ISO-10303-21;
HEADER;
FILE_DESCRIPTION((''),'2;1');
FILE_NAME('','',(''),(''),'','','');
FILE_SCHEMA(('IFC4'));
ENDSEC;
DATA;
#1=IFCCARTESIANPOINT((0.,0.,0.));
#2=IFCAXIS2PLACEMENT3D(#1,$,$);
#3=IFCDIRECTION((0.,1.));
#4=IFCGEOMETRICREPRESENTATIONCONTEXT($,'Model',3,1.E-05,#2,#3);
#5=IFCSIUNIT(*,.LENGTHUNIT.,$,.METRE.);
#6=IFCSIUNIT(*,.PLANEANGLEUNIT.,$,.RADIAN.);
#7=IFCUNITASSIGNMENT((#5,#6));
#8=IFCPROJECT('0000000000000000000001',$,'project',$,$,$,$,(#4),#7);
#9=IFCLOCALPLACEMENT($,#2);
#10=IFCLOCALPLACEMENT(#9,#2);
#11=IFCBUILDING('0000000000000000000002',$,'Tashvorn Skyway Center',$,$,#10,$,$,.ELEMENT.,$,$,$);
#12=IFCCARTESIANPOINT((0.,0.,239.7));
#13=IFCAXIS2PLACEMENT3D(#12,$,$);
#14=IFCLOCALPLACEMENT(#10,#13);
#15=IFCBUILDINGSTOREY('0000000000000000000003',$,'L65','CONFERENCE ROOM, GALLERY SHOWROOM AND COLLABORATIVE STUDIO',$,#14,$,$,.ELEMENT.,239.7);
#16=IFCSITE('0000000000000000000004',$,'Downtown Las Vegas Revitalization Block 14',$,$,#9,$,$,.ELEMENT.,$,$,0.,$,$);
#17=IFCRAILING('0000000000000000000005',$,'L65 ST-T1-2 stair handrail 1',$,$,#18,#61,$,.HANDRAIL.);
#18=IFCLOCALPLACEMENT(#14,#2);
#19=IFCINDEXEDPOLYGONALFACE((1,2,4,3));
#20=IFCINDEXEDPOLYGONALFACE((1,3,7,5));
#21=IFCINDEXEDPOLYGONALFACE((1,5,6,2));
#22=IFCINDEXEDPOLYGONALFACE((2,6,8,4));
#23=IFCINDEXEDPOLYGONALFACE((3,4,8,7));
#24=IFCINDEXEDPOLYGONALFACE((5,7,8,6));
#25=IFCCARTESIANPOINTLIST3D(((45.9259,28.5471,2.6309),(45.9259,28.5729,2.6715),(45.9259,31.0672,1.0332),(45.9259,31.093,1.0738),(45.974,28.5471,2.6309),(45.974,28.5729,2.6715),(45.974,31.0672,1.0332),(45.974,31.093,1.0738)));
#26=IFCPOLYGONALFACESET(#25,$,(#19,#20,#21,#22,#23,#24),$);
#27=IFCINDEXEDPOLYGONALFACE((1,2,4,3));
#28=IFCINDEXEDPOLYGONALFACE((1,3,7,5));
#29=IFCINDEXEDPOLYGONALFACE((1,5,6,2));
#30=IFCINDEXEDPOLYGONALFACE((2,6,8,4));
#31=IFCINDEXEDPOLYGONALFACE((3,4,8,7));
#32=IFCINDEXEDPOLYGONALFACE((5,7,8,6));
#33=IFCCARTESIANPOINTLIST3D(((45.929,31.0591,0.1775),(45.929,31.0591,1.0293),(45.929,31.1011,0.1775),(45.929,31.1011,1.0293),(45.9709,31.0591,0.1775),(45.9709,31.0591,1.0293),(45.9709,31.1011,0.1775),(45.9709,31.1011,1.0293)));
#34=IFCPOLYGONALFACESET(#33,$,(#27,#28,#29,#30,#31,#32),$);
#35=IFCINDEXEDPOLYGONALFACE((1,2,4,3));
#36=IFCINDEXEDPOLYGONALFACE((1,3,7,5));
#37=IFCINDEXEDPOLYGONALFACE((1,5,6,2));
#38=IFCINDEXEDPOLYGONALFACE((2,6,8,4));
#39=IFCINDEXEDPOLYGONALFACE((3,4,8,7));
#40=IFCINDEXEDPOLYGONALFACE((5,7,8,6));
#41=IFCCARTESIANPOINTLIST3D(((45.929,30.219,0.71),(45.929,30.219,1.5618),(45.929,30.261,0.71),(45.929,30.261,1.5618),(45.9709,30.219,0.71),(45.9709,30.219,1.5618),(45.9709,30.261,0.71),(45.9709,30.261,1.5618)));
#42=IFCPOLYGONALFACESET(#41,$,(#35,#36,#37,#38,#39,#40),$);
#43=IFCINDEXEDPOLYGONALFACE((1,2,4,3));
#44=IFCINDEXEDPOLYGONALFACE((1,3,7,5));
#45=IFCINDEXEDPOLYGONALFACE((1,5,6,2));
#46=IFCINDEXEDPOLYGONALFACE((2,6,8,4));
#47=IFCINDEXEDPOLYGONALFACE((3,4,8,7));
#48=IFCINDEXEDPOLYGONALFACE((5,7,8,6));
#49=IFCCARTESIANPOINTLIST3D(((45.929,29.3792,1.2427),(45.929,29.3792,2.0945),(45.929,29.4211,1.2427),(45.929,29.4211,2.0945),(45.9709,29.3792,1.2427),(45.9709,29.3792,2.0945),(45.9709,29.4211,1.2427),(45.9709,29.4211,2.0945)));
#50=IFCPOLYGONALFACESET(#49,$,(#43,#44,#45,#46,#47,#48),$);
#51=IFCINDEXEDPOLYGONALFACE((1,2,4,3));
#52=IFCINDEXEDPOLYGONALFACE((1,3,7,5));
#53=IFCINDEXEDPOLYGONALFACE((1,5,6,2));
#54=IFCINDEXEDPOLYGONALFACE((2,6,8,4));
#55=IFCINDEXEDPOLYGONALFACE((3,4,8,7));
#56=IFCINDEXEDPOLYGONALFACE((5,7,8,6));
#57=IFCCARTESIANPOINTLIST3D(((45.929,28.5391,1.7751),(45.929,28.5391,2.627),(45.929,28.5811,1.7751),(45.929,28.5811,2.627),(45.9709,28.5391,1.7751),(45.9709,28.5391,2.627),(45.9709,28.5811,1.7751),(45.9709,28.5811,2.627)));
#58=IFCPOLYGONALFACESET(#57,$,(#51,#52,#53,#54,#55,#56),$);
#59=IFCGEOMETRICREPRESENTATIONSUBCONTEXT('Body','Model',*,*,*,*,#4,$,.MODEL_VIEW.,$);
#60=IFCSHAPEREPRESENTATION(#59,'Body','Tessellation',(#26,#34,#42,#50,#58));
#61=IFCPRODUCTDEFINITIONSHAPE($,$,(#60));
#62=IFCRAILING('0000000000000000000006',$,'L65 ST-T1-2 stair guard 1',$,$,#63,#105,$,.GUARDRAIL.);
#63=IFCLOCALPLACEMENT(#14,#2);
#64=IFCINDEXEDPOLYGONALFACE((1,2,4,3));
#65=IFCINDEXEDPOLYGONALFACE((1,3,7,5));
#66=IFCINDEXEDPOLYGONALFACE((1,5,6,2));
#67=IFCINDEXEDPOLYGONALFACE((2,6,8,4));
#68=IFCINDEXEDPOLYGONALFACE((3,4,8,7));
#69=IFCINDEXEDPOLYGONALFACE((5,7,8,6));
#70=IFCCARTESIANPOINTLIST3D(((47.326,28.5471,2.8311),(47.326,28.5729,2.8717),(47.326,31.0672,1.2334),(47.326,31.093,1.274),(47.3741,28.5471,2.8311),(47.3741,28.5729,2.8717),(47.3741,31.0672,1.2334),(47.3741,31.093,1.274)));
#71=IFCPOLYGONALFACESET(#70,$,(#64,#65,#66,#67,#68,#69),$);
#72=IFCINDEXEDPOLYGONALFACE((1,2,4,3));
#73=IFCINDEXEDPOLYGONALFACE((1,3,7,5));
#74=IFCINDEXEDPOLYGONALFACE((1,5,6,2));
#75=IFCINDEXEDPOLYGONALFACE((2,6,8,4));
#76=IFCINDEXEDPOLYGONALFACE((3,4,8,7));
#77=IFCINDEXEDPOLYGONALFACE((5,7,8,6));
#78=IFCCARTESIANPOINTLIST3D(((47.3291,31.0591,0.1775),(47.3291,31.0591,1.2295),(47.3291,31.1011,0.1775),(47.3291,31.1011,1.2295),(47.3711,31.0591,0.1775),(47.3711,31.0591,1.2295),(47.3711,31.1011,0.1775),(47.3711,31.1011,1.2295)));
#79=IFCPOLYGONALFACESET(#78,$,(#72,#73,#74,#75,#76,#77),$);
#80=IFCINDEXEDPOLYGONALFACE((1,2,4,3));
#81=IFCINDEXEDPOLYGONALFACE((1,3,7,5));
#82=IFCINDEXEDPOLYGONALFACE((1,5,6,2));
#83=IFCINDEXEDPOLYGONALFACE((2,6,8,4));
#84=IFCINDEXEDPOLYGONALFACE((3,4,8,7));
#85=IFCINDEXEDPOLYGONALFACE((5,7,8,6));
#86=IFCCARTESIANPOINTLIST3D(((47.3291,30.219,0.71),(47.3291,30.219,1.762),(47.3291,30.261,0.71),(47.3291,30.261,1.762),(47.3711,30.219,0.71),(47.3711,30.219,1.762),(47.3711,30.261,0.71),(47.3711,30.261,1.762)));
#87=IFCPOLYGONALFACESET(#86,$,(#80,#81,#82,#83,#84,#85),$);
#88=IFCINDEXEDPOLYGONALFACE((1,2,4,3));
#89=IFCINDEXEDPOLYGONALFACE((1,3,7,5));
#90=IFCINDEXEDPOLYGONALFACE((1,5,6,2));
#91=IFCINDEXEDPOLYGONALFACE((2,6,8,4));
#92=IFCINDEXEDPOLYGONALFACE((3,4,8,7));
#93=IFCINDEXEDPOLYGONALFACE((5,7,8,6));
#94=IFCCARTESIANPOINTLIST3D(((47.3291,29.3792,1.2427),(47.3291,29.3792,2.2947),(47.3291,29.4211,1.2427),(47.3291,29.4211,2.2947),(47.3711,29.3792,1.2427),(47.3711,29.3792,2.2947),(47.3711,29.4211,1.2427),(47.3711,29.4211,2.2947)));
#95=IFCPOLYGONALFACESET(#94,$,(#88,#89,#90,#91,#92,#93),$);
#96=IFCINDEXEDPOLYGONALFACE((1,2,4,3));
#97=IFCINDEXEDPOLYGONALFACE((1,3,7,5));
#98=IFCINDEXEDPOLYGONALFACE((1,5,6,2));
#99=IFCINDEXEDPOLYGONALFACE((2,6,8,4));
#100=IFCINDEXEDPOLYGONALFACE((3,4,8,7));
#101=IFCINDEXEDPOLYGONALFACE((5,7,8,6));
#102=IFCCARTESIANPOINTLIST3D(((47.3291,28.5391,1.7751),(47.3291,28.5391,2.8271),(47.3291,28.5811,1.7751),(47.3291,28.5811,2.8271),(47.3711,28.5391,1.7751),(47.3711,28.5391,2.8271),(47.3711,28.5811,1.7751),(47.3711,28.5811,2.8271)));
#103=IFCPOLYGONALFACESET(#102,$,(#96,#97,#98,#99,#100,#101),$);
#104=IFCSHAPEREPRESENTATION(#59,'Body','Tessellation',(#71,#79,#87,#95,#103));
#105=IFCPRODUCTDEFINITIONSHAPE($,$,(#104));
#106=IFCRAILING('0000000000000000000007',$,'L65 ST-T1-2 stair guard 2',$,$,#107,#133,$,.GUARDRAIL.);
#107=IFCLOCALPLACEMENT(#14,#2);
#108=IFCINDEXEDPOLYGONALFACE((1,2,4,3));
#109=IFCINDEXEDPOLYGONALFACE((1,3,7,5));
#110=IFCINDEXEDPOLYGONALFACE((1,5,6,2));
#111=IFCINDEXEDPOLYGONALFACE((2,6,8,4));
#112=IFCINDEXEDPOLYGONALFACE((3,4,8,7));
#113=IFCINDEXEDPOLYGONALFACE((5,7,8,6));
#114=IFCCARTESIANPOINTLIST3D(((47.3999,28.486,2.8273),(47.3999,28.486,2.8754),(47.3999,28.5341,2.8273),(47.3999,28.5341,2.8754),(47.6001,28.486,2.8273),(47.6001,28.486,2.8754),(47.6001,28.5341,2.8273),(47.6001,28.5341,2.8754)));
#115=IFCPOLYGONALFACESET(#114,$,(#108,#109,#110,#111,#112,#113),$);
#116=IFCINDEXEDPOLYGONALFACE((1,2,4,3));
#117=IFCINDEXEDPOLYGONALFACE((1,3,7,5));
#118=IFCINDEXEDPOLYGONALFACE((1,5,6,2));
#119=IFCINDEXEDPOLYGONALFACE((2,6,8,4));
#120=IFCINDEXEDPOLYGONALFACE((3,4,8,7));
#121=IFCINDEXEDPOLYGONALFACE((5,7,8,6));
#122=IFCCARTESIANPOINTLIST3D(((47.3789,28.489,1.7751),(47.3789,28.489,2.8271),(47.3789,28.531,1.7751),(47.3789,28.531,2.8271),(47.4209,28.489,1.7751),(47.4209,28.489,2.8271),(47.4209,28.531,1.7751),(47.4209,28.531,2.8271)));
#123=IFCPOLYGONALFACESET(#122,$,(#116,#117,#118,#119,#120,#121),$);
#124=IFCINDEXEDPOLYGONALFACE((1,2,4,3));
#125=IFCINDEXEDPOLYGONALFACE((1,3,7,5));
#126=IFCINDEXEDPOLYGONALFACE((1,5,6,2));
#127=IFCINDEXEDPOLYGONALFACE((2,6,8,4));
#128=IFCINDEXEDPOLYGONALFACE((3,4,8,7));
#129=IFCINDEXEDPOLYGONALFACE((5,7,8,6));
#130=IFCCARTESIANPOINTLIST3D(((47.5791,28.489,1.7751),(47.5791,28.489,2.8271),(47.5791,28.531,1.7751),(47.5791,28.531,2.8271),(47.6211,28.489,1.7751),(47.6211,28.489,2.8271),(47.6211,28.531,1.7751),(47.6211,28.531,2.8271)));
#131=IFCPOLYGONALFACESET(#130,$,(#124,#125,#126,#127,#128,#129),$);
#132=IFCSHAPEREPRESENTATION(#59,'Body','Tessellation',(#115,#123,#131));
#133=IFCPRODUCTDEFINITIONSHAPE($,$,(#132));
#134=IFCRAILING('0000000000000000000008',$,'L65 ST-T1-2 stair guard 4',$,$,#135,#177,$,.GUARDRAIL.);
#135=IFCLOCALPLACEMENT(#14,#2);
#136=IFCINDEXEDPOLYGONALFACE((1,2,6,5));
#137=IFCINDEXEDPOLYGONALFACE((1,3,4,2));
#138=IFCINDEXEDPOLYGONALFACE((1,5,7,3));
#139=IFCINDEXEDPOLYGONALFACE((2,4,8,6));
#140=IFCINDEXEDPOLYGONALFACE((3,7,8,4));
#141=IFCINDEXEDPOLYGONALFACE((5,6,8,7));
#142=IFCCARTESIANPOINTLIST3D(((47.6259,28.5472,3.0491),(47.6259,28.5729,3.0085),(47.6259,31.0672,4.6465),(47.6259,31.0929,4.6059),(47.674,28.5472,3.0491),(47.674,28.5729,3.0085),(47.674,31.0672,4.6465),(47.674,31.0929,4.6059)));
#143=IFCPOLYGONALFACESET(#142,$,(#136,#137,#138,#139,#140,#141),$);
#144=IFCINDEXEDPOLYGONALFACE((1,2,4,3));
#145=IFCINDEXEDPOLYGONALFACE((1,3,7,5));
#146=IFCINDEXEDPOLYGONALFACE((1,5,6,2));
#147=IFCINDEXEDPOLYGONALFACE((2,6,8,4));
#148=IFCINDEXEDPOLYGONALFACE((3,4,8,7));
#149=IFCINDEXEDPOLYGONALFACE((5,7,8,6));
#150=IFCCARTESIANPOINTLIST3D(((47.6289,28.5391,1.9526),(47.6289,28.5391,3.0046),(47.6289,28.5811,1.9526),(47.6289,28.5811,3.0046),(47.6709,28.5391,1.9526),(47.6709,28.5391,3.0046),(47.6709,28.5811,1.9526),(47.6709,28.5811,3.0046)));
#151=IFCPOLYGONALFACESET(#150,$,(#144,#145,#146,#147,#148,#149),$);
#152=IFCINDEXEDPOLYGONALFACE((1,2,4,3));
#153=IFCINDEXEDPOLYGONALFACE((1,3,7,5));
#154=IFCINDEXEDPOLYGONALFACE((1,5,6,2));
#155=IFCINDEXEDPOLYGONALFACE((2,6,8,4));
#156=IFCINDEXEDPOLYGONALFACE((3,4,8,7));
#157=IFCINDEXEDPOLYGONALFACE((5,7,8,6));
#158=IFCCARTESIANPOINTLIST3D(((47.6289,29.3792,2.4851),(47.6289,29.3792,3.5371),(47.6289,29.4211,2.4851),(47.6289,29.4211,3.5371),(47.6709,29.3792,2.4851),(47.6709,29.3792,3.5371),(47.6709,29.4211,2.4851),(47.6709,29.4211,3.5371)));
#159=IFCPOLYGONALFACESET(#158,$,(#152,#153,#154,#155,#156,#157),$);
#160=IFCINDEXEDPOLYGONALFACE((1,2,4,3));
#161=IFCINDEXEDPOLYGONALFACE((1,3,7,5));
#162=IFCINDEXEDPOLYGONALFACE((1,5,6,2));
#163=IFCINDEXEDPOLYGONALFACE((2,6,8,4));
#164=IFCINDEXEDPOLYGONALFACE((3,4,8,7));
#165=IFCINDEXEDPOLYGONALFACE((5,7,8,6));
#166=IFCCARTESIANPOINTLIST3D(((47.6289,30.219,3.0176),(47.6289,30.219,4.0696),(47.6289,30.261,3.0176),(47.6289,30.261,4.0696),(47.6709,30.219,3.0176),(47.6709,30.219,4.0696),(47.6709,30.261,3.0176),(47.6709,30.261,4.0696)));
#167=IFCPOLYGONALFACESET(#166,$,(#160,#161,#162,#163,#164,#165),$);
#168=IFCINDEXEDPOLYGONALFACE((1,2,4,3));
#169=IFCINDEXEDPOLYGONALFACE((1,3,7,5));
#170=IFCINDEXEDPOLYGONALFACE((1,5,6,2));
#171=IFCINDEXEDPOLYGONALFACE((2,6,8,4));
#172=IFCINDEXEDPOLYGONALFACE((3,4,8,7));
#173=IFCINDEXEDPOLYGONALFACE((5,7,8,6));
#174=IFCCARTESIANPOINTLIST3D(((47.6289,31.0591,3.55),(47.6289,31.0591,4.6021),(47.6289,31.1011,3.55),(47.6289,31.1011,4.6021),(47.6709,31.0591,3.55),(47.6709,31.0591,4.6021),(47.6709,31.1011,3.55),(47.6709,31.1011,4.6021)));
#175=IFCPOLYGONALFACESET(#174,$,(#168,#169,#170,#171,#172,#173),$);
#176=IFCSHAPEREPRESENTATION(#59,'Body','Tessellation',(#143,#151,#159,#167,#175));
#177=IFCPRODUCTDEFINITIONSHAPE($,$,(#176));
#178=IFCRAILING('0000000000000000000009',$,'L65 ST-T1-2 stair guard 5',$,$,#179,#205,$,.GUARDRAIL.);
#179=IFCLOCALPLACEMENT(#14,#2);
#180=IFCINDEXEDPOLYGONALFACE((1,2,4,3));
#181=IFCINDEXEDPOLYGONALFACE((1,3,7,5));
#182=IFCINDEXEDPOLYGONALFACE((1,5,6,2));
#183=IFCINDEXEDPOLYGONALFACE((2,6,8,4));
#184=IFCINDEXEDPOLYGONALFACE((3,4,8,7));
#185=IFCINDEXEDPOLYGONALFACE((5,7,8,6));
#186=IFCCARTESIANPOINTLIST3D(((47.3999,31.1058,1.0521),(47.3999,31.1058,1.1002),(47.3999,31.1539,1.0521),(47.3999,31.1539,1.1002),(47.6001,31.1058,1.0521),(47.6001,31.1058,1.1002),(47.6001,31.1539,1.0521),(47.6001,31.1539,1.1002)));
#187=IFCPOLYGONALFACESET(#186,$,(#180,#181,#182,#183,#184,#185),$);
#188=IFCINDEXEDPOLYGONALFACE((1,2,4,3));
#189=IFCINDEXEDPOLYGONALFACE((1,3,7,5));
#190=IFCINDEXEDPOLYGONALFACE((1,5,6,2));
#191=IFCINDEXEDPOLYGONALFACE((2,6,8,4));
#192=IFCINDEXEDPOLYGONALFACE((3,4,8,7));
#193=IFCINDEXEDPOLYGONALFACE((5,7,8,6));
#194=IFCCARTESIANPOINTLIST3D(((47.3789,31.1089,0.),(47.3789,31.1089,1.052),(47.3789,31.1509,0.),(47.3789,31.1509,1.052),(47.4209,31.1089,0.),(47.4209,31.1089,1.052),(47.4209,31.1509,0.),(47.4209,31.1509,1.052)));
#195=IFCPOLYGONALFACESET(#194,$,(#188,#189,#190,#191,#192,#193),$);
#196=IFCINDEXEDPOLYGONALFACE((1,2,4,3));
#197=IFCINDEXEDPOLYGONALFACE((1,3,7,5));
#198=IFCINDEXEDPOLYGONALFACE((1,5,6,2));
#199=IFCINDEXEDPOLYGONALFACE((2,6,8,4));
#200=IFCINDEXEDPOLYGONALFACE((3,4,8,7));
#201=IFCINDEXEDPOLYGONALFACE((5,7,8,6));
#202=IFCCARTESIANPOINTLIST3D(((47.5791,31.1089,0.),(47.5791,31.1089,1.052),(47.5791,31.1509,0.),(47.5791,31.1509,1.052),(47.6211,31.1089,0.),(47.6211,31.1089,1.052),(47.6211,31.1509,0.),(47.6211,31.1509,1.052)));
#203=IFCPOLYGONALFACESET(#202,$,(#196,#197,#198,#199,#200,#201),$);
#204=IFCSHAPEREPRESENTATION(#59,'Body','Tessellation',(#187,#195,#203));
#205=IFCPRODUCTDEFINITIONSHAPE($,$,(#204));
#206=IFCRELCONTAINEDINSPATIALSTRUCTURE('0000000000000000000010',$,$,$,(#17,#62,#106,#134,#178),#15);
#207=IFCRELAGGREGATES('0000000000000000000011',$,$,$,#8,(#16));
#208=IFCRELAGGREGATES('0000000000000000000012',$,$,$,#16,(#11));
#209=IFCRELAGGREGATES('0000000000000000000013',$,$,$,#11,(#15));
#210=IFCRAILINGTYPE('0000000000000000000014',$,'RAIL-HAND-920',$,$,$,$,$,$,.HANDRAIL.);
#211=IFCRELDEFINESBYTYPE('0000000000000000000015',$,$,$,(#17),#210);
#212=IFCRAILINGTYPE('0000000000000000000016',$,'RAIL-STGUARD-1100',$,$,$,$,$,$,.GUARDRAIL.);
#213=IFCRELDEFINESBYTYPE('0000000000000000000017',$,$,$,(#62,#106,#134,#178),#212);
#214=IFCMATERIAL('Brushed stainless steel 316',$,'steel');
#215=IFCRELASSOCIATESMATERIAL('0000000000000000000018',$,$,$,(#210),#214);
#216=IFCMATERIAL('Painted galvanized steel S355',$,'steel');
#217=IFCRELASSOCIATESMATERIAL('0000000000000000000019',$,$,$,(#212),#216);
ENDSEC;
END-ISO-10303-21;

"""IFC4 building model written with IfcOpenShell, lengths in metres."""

from ifc_helpers import new_model, si_unit, direction, frame, origin, origin_2d, place, context, subcontext, project, spatial, rectangle, extrude, material, type_object, element, save


model = new_model("IFC4")

# Units and contexts
model_context = context("Model", 3, precision=1e-05, world=origin(), true_north=direction((0.0, 1.0)))
body_context = subcontext(model_context, "Body", "Model", "MODEL_VIEW")
ifc_project = project(units=[si_unit("LENGTHUNIT", "METRE"), si_unit("PLANEANGLEUNIT", "RADIAN")], contexts=[model_context])

# Site, building, storey
site_placement = place(None, origin())
site = spatial("IfcSite", under=ifc_project, at=site_placement, Name="Downtown Las Vegas Revitalization Block 14", CompositionType="ELEMENT", RefElevation=0.0)
building_placement = place(site_placement, origin())
building = spatial("IfcBuilding", under=site, at=building_placement, Name="Tashvorn Skyway Center", CompositionType="ELEMENT")
storey_placement = place(building_placement, frame((0.0, 0.0, 239.7)))
storey = spatial("IfcBuildingStorey", under=building, at=storey_placement, Name="L65", Description="CONFERENCE ROOM, GALLERY SHOWROOM AND COLLABORATIVE STUDIO", CompositionType="ELEMENT", Elevation=239.7)

# Railings
ifc_material_1 = material(Name="Brushed stainless steel 316", Category="steel")
railing_type_1 = type_object("IfcRailingType", Name="RAIL-HAND-920", PredefinedType="HANDRAIL", material=ifc_material_1)
railing_1_placement = place(storey_placement, frame((45.95, 31.0801, 0.1775)))
element("IfcRailing", 1, at=railing_1_placement, inside=storey, type_object=railing_type_1, Name="L65 ST-T1-2 stair handrail 1", PredefinedType="HANDRAIL", context=body_context, shape_type="SweptSolid", body=[
    extrude(rectangle(XDim=0.0481, YDim=0.0481, at=origin_2d()), frame((0.0, 0.0, 0.876), z_axis=(0.0, -0.84457, 0.535445), x_axis=(1.0, 0.0, 0.0)), (0.0, 0.0, 1.0), 2.9839),
    extrude(rectangle(XDim=0.042, YDim=0.042, at=origin_2d()), origin(), (0.0, 0.0, 1.0), 0.8518),
    extrude(rectangle(XDim=0.042, YDim=0.042, at=origin_2d()), frame((0.0, -0.8401, 0.5325)), (0.0, 0.0, 1.0), 0.8518),
    extrude(rectangle(XDim=0.042, YDim=0.042, at=origin_2d()), frame((0.0, -1.6799, 1.0652)), (0.0, 0.0, 1.0), 0.8518),
    extrude(rectangle(XDim=0.042, YDim=0.042, at=origin_2d()), frame((0.0, -2.52, 1.5977)), (0.0, 0.0, 1.0), 0.8518),
])
ifc_material_2 = material(Name="Painted galvanized steel S355", Category="steel")
railing_type_2 = type_object("IfcRailingType", Name="RAIL-STGUARD-1100", PredefinedType="GUARDRAIL", material=ifc_material_2)
railing_2_placement = place(storey_placement, frame((47.3501, 31.0801, 0.1775)))
element("IfcRailing", 2, at=railing_2_placement, inside=storey, type_object=railing_type_2, Name="L65 ST-T1-2 stair guard 1", PredefinedType="GUARDRAIL", context=body_context, shape_type="SweptSolid", body=[
    extrude(rectangle(XDim=0.0481, YDim=0.0481, at=origin_2d()), frame((0.0, 0.0, 1.0762), z_axis=(0.0, -0.84457, 0.535445), x_axis=(1.0, 0.0, 0.0)), (0.0, 0.0, 1.0), 2.9839),
    extrude(rectangle(XDim=0.042, YDim=0.042, at=origin_2d()), origin(), (0.0, 0.0, 1.0), 1.052),
    extrude(rectangle(XDim=0.042, YDim=0.042, at=origin_2d()), frame((0.0, -0.8401, 0.5325)), (0.0, 0.0, 1.0), 1.052),
    extrude(rectangle(XDim=0.042, YDim=0.042, at=origin_2d()), frame((0.0, -1.6799, 1.0652)), (0.0, 0.0, 1.0), 1.052),
    extrude(rectangle(XDim=0.042, YDim=0.042, at=origin_2d()), frame((0.0, -2.52, 1.5977)), (0.0, 0.0, 1.0), 1.052),
])
railing_3_placement = place(storey_placement, frame((47.3999, 28.51, 1.7751)))
element("IfcRailing", 3, at=railing_3_placement, inside=storey, type_object=railing_type_2, Name="L65 ST-T1-2 stair guard 2", PredefinedType="GUARDRAIL", context=body_context, shape_type="SweptSolid", body=[
    extrude(rectangle(XDim=0.0481, YDim=0.0481, at=origin_2d()), frame((0.0, 0.0, 1.0762), z_axis=(1.0, 0.0, 0.0), x_axis=(0.0, 1.0, 0.0)), (0.0, 0.0, 1.0), 0.2002),
    extrude(rectangle(XDim=0.042, YDim=0.042, at=origin_2d()), origin(), (0.0, 0.0, 1.0), 1.052),
    extrude(rectangle(XDim=0.042, YDim=0.042, at=origin_2d()), frame((0.2002, 0.0, 0.0)), (0.0, 0.0, 1.0), 1.052),
])
railing_4_placement = place(storey_placement, frame((47.6499, 28.5601, 1.9526)))
element("IfcRailing", 4, at=railing_4_placement, inside=storey, type_object=railing_type_2, Name="L65 ST-T1-2 stair guard 4", PredefinedType="GUARDRAIL", context=body_context, shape_type="SweptSolid", body=[
    extrude(rectangle(XDim=0.0481, YDim=0.0481, at=origin_2d()), frame((0.0, 0.0, 1.0762), z_axis=(0.0, 0.844607, 0.535387), x_axis=(-1.0, 0.0, 0.0)), (0.0, 0.0, 1.0), 2.9836),
    extrude(rectangle(XDim=0.042, YDim=0.042, at=origin_2d()), origin(), (0.0, 0.0, 1.0), 1.052),
    extrude(rectangle(XDim=0.042, YDim=0.042, at=origin_2d()), frame((0.0, 0.8401, 0.5325)), (0.0, 0.0, 1.0), 1.052),
    extrude(rectangle(XDim=0.042, YDim=0.042, at=origin_2d()), frame((0.0, 1.6799, 1.0649)), (0.0, 0.0, 1.0), 1.052),
    extrude(rectangle(XDim=0.042, YDim=0.042, at=origin_2d()), frame((0.0, 2.52, 1.5974)), (0.0, 0.0, 1.0), 1.052),
])
railing_5_placement = place(storey_placement, frame((47.3999, 31.1299, 0.0)))
element("IfcRailing", 5, at=railing_5_placement, inside=storey, type_object=railing_type_2, Name="L65 ST-T1-2 stair guard 5", PredefinedType="GUARDRAIL", context=body_context, shape_type="SweptSolid", body=[
    extrude(rectangle(XDim=0.0481, YDim=0.0481, at=origin_2d()), frame((0.0, 0.0, 1.0762), z_axis=(1.0, 0.0, 0.0), x_axis=(0.0, 1.0, 0.0)), (0.0, 0.0, 1.0), 0.2002),
    extrude(rectangle(XDim=0.042, YDim=0.042, at=origin_2d()), origin(), (0.0, 0.0, 1.0), 1.052),
    extrude(rectangle(XDim=0.042, YDim=0.042, at=origin_2d()), frame((0.2002, 0.0, 0.0)), (0.0, 0.0, 1.0), 1.052),
])

save(model, "model.ifc")
